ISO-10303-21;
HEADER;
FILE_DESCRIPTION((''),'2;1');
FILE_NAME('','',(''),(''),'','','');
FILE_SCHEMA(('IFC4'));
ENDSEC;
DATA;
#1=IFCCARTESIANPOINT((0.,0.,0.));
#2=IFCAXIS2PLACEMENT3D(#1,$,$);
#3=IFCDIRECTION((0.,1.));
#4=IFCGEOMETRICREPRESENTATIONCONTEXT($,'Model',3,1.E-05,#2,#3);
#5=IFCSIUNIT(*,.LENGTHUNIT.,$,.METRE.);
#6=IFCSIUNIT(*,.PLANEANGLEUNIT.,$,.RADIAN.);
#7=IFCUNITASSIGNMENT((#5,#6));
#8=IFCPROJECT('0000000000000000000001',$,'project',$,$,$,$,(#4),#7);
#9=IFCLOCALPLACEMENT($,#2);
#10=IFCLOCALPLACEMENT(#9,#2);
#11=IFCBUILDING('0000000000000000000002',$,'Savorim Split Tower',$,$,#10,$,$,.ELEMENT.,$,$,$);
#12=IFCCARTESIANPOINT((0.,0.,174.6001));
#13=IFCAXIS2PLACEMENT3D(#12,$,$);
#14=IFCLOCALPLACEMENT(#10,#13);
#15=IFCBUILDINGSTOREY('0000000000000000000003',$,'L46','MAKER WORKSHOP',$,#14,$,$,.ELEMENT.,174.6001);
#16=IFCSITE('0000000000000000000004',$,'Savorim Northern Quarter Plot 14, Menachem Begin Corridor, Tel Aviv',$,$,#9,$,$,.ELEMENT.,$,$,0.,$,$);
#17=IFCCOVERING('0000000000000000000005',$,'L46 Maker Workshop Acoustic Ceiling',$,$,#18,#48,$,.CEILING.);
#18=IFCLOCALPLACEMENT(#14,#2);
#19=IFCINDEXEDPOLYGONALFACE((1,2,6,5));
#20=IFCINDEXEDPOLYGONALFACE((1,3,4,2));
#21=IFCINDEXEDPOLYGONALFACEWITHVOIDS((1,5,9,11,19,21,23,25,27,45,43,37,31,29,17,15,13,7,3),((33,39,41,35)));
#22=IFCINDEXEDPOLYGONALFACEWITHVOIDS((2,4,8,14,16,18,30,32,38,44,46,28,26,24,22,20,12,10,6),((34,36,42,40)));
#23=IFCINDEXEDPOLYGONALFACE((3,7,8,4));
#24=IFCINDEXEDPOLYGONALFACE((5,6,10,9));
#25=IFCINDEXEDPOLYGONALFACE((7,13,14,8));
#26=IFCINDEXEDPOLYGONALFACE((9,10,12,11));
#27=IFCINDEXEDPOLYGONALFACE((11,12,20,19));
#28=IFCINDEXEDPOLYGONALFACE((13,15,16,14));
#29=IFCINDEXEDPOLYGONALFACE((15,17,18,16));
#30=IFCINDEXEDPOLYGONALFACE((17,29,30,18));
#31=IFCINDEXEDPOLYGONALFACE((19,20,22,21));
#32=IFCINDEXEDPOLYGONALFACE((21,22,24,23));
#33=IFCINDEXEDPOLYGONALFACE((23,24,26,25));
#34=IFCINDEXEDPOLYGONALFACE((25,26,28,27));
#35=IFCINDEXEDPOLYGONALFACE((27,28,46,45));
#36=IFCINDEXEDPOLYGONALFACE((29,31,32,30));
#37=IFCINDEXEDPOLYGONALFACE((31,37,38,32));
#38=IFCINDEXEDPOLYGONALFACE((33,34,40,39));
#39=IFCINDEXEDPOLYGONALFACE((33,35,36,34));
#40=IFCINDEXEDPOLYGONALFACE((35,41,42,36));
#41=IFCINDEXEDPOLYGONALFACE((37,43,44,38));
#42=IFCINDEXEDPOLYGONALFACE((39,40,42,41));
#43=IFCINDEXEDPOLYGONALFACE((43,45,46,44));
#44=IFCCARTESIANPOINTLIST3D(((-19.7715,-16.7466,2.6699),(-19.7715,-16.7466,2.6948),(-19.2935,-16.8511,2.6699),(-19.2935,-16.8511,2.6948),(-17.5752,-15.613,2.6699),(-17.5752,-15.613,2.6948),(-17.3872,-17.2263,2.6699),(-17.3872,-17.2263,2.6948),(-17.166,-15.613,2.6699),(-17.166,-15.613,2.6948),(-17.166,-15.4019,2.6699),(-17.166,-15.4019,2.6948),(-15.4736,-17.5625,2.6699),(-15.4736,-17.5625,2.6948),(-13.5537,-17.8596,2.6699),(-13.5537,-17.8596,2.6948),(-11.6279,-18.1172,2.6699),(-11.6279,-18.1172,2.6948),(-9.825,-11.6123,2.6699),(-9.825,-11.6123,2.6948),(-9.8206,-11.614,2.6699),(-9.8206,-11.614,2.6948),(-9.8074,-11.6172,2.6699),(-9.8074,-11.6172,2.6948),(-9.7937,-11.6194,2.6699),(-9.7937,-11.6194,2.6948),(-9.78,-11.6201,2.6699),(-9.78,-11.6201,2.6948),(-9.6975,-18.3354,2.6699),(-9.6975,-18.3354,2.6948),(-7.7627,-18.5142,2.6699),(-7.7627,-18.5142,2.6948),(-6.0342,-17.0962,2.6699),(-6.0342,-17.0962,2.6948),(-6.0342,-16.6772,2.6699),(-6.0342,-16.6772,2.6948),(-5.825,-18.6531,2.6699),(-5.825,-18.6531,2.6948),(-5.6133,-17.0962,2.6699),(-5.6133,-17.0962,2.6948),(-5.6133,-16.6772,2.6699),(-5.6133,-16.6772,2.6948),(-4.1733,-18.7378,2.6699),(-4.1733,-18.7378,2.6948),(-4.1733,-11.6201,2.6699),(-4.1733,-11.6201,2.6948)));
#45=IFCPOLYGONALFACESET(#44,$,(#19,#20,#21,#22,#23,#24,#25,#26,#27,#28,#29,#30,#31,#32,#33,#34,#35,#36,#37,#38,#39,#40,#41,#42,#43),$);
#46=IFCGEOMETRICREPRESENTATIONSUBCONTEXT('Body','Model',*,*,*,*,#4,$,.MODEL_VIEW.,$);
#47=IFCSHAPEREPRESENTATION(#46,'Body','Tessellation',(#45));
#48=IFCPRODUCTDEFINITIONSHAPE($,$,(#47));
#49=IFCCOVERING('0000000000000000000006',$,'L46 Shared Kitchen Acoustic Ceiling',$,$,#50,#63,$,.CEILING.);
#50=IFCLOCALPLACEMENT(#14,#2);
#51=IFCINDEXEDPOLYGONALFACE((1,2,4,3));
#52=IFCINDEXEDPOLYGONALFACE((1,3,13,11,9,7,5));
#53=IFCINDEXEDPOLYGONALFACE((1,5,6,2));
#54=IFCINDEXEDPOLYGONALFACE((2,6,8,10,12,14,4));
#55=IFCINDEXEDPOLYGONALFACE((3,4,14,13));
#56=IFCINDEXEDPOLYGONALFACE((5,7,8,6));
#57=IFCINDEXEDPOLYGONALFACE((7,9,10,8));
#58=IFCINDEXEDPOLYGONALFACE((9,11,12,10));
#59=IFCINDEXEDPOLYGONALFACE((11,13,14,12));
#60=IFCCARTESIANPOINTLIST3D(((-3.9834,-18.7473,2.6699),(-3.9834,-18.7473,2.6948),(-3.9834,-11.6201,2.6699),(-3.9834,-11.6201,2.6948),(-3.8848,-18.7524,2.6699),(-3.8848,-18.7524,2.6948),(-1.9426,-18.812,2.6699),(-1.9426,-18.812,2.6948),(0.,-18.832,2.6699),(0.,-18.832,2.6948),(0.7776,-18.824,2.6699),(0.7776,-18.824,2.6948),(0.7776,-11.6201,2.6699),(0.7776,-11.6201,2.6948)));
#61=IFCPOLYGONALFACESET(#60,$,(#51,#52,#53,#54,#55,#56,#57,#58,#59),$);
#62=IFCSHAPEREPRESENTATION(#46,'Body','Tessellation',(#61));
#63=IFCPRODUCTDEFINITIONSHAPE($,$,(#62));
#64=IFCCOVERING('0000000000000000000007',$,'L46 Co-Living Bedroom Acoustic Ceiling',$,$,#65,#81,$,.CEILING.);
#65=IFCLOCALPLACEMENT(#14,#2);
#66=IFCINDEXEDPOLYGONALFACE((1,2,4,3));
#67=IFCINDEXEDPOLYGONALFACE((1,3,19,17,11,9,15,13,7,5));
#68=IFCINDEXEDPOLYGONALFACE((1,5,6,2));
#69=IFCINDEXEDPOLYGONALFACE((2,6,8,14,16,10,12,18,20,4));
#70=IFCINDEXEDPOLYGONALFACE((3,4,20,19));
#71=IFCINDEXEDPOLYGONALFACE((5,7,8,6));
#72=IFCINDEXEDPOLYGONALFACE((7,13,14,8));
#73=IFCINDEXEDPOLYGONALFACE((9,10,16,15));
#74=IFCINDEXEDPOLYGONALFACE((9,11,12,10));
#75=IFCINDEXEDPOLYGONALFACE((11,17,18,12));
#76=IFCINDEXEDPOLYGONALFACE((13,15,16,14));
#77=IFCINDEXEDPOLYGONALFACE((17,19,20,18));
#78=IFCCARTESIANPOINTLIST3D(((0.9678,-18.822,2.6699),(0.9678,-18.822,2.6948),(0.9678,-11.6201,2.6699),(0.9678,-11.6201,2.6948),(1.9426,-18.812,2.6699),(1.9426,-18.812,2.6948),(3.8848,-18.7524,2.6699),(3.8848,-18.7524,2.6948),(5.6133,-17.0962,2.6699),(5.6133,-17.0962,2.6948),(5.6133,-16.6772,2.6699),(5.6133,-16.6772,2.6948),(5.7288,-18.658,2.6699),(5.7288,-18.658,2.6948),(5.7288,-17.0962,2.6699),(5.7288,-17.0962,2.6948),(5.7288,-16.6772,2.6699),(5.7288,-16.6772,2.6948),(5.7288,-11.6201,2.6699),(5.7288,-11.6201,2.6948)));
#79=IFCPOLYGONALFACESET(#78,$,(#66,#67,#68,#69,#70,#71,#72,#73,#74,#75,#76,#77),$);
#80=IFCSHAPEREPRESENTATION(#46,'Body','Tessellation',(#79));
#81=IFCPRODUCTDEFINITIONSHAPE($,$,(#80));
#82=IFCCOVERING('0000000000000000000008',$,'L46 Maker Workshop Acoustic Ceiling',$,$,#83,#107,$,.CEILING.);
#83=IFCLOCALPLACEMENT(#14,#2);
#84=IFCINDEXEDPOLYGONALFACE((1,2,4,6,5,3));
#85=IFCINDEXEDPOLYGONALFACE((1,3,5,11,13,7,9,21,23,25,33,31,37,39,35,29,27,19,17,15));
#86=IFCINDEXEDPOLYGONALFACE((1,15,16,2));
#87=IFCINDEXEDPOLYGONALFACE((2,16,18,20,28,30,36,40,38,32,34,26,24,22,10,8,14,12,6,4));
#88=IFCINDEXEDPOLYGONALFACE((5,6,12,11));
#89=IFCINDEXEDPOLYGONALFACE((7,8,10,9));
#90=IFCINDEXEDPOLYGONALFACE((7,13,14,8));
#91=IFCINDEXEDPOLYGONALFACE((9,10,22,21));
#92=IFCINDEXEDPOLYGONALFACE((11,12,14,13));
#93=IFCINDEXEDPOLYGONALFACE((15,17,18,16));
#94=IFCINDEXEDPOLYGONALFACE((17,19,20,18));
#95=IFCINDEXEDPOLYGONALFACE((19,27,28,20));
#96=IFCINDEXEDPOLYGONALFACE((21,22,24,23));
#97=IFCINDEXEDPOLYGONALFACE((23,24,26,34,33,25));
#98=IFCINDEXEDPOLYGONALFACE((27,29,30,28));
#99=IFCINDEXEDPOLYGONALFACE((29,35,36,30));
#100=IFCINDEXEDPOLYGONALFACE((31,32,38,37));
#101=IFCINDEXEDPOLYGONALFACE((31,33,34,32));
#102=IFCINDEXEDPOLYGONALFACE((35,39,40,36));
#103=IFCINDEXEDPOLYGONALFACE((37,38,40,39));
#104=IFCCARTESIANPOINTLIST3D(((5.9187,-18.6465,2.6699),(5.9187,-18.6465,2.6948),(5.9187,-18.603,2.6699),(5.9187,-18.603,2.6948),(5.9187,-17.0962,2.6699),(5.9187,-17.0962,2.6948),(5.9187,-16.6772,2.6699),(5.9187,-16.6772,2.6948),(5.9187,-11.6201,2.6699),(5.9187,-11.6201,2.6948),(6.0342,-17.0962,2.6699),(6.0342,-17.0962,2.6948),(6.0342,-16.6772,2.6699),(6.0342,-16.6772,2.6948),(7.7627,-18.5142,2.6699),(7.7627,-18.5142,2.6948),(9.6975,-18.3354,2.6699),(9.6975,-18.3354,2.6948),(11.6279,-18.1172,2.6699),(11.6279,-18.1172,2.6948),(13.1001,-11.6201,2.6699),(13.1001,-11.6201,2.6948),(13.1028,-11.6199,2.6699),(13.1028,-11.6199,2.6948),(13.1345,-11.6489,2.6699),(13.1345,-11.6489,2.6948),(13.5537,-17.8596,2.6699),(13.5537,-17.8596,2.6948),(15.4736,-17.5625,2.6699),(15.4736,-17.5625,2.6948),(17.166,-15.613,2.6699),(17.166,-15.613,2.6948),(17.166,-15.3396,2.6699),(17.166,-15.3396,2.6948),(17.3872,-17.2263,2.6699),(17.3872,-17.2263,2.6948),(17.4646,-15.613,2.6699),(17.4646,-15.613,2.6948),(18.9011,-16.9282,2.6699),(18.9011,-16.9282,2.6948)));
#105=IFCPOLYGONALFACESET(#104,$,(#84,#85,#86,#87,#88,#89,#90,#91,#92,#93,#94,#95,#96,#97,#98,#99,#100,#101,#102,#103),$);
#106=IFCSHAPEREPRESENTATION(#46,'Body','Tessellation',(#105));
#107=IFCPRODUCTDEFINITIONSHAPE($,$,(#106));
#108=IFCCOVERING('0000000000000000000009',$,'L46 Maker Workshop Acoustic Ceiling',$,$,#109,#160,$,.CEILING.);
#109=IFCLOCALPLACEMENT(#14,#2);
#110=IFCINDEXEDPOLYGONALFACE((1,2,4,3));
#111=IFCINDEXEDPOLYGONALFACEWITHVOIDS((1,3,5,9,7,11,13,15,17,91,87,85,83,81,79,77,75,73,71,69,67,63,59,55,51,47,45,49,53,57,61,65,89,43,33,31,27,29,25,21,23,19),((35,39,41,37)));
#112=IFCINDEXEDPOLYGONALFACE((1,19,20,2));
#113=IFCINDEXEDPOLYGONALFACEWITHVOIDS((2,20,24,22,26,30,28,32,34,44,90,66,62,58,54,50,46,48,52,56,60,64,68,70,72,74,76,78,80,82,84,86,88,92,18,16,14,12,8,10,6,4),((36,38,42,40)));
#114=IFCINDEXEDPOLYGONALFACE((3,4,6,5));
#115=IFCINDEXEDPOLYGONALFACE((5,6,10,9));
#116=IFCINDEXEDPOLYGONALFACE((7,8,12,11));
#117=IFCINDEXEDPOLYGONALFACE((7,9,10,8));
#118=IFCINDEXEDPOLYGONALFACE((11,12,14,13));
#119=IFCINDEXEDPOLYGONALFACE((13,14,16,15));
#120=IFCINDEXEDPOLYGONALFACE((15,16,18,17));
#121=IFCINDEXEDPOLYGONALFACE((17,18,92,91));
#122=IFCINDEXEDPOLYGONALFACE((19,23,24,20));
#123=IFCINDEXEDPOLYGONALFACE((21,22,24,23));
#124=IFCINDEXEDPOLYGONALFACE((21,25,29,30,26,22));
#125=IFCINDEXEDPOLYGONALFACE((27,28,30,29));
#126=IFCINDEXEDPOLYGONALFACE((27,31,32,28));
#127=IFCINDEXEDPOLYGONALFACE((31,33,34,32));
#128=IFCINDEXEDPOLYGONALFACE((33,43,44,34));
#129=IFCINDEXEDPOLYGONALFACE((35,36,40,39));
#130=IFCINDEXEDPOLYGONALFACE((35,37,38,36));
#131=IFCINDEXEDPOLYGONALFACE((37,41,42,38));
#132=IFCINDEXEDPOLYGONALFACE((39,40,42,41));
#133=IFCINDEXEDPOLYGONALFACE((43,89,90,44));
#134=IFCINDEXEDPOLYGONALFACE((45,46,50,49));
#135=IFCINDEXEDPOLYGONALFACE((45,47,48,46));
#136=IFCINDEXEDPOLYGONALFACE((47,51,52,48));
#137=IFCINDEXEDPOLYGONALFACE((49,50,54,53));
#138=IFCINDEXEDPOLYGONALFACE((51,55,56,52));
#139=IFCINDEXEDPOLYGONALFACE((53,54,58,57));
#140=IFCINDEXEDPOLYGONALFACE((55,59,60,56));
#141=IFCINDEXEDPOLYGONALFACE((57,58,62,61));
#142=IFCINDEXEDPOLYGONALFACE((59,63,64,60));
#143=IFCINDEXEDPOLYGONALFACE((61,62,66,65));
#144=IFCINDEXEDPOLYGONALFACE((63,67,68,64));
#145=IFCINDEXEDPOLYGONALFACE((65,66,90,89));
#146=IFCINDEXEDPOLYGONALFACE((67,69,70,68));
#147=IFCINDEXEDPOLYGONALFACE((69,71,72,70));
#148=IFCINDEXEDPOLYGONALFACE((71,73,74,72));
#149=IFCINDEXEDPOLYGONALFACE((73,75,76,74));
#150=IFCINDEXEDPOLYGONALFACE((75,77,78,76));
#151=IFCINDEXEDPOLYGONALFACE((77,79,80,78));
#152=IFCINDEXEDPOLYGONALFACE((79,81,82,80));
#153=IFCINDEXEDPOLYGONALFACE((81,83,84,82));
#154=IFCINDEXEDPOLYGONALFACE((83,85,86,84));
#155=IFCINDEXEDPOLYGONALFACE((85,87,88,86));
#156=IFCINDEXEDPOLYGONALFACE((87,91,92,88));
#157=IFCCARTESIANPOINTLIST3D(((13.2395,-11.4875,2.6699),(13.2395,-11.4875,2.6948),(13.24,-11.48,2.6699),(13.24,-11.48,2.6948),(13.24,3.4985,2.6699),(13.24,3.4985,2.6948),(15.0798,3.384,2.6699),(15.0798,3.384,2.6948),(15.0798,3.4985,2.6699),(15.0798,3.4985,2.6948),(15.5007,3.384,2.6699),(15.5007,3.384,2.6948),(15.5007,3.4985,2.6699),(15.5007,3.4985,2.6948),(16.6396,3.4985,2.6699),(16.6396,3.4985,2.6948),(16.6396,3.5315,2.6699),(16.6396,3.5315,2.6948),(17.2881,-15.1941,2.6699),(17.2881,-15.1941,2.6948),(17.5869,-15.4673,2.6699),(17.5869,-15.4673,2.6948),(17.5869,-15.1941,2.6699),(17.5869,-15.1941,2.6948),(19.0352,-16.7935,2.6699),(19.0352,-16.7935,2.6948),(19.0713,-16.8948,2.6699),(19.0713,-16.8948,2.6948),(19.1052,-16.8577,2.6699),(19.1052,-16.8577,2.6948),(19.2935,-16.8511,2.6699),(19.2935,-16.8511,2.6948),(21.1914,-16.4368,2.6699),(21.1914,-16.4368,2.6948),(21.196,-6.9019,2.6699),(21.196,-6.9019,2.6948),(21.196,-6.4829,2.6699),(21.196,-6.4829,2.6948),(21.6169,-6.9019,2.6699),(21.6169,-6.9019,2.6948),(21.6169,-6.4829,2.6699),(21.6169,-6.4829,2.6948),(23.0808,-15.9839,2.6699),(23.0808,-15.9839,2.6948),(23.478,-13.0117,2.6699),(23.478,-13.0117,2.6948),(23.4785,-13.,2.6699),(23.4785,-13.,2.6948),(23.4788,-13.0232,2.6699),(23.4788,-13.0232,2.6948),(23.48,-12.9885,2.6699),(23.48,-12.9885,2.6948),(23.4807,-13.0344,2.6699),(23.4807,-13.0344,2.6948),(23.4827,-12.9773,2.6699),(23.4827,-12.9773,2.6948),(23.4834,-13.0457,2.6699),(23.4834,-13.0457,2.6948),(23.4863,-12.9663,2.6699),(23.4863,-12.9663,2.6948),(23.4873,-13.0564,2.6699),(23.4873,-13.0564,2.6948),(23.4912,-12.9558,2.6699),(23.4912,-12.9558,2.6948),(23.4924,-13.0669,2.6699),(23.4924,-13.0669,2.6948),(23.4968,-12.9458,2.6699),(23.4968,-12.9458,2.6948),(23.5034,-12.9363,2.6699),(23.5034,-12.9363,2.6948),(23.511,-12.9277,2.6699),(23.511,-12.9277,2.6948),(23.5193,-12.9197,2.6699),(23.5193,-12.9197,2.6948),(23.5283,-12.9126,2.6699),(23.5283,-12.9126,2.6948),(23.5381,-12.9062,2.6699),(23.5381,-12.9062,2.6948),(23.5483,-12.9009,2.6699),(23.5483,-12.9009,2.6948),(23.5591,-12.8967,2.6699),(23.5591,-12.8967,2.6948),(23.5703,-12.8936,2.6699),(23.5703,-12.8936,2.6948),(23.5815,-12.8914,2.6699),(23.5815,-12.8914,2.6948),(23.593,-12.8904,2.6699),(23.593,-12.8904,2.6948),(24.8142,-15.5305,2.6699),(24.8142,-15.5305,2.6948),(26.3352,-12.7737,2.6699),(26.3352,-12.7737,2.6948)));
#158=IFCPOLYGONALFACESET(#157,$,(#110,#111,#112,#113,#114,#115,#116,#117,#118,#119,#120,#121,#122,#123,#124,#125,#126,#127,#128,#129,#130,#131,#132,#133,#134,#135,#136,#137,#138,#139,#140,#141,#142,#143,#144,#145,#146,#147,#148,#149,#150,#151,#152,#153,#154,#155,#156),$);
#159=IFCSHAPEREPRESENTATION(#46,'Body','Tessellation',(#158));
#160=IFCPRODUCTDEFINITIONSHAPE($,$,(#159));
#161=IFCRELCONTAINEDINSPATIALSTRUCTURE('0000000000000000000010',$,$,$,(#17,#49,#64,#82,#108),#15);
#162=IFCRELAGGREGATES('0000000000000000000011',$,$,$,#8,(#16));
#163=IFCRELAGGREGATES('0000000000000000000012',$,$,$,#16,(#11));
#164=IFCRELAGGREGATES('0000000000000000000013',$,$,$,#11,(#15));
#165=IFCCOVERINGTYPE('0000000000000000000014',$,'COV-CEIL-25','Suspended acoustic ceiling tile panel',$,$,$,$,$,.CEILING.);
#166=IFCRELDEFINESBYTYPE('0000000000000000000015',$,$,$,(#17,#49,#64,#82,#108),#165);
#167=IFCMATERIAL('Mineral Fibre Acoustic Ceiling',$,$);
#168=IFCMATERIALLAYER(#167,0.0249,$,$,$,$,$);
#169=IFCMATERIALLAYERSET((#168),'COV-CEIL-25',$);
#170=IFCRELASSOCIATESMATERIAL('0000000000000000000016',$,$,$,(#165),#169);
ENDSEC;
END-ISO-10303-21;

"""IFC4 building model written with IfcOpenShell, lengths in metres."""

from ifc_helpers import new_model, si_unit, direction, frame, origin, place, context, subcontext, project, spatial, polyline, outline, extrude, material, layer, layer_set, type_object, element, save


model = new_model("IFC4")

# Units and contexts
model_context = context("Model", 3, precision=1e-05, world=origin(), true_north=direction((0.0, 1.0)))
body_context = subcontext(model_context, "Body", "Model", "MODEL_VIEW")
ifc_project = project(units=[si_unit("LENGTHUNIT", "METRE"), si_unit("PLANEANGLEUNIT", "RADIAN")], contexts=[model_context])

# Site, building, storey
site_placement = place(None, origin())
site = spatial("IfcSite", under=ifc_project, at=site_placement, Name="Savorim Northern Quarter Plot 14, Menachem Begin Corridor, Tel Aviv", CompositionType="ELEMENT", RefElevation=0.0)
building_placement = place(site_placement, origin())
building = spatial("IfcBuilding", under=site, at=building_placement, Name="Savorim Split Tower", CompositionType="ELEMENT")
storey_placement = place(building_placement, frame((0.0, 0.0, 174.6001)))
storey = spatial("IfcBuildingStorey", under=building, at=storey_placement, Name="L46", Description="MAKER WORKSHOP", CompositionType="ELEMENT", Elevation=174.6001)

# Coverings
ifc_material_1 = material(Name="Mineral Fibre Acoustic Ceiling")
ifc_layer_1 = layer(ifc_material_1, 0.0249)
ifc_layer_set_1 = layer_set([ifc_layer_1], Name="COV-CEIL-25")
covering_type_1 = type_object("IfcCoveringType", Name="COV-CEIL-25", Description="Suspended acoustic ceiling tile panel", PredefinedType="CEILING", material=ifc_layer_set_1)
covering_1_placement = place(storey_placement, frame((0.0, 0.0, 2.6699)))
element("IfcCovering", 1, at=covering_1_placement, inside=storey, type_object=covering_type_1, Name="L46 Maker Workshop Acoustic Ceiling", PredefinedType="CEILING", context=body_context, shape_type="SweptSolid", body=[
    extrude(outline(polyline([(-9.6975, -18.3354), (-7.7627, -18.5142), (-5.825, -18.6531), (-4.1733, -18.7378), (-4.1733, -11.6201), (-9.78, -11.6201), (-9.7937, -11.6194), (-9.8074, -11.6172), (-9.8206, -11.614), (-9.825, -11.6123), (-17.166, -15.4019), (-17.166, -15.613), (-17.5752, -15.613), (-19.7715, -16.7466), (-19.2935, -16.8511), (-17.3872, -17.2263), (-15.4736, -17.5625), (-13.5537, -17.8596), (-11.6279, -18.1172), (-9.6975, -18.3354)]), holes=[polyline([(-6.0342, -17.0962), (-5.6133, -17.0962), (-5.6133, -16.6772), (-6.0342, -16.6772), (-6.0342, -17.0962)])]), origin(), (0.0, 0.0, 1.0), 0.0249),
])
covering_2_placement = place(storey_placement, frame((0.0, 0.0, 2.6699)))
element("IfcCovering", 2, at=covering_2_placement, inside=storey, type_object=covering_type_1, Name="L46 Shared Kitchen Acoustic Ceiling", PredefinedType="CEILING", context=body_context, shape_type="SweptSolid", body=[
    extrude(outline(polyline([(-3.8848, -18.7524), (-1.9426, -18.812), (0.0, -18.832), (0.7776, -18.824), (0.7776, -11.6201), (-3.9834, -11.6201), (-3.9834, -18.7473), (-3.8848, -18.7524)])), origin(), (0.0, 0.0, 1.0), 0.0249),
])
covering_3_placement = place(storey_placement, frame((0.0, 0.0, 2.6699)))
element("IfcCovering", 3, at=covering_3_placement, inside=storey, type_object=covering_type_1, Name="L46 Co-Living Bedroom Acoustic Ceiling", PredefinedType="CEILING", context=body_context, shape_type="SweptSolid", body=[
    extrude(outline(polyline([(0.9678, -11.6201), (0.9678, -18.822), (1.9426, -18.812), (3.8848, -18.7524), (5.7288, -18.658), (5.7288, -17.0962), (5.6133, -17.0962), (5.6133, -16.6772), (5.7288, -16.6772), (5.7288, -11.6201), (0.9678, -11.6201)])), origin(), (0.0, 0.0, 1.0), 0.0249),
])
covering_4_placement = place(storey_placement, frame((0.0, 0.0, 2.6699)))
element("IfcCovering", 4, at=covering_4_placement, inside=storey, type_object=covering_type_1, Name="L46 Maker Workshop Acoustic Ceiling", PredefinedType="CEILING", context=body_context, shape_type="SweptSolid", body=[
    extrude(outline(polyline([(11.6279, -18.1172), (13.5537, -17.8596), (15.4736, -17.5625), (17.3872, -17.2263), (18.9011, -16.9282), (17.4646, -15.613), (17.166, -15.613), (17.166, -15.3396), (13.1345, -11.6489), (13.1028, -11.6199), (13.1001, -11.6201), (5.9187, -11.6201), (5.9187, -16.6772), (6.0342, -16.6772), (6.0342, -17.0962), (5.9187, -17.0962), (5.9187, -18.603), (5.9187, -18.6465), (7.7627, -18.5142), (9.6975, -18.3354), (11.6279, -18.1172)])), origin(), (0.0, 0.0, 1.0), 0.0249),
])
covering_5_placement = place(storey_placement, frame((0.0, 0.0, 2.6699)))
element("IfcCovering", 5, at=covering_5_placement, inside=storey, type_object=covering_type_1, Name="L46 Maker Workshop Acoustic Ceiling", PredefinedType="CEILING", context=body_context, shape_type="SweptSolid", body=[
    extrude(outline(polyline([(23.5703, -12.8936), (23.5815, -12.8914), (23.593, -12.8904), (26.3352, -12.7737), (16.6396, 3.5315), (16.6396, 3.4985), (15.5007, 3.4985), (15.5007, 3.384), (15.0798, 3.384), (15.0798, 3.4985), (13.24, 3.4985), (13.24, -11.48), (13.2395, -11.4875), (17.2881, -15.1941), (17.5869, -15.1941), (17.5869, -15.4673), (19.0352, -16.7935), (19.1052, -16.8577), (19.0713, -16.8948), (19.2935, -16.8511), (21.1914, -16.4368), (23.0808, -15.9839), (24.8142, -15.5305), (23.4924, -13.0669), (23.4873, -13.0564), (23.4834, -13.0457), (23.4807, -13.0344), (23.4788, -13.0232), (23.478, -13.0117), (23.4785, -13.0), (23.48, -12.9885), (23.4827, -12.9773), (23.4863, -12.9663), (23.4912, -12.9558), (23.4968, -12.9458), (23.5034, -12.9363), (23.511, -12.9277), (23.5193, -12.9197), (23.5283, -12.9126), (23.5381, -12.9062), (23.5483, -12.9009), (23.5591, -12.8967), (23.5703, -12.8936)]), holes=[polyline([(21.6169, -6.9019), (21.6169, -6.4829), (21.196, -6.4829), (21.196, -6.9019), (21.6169, -6.9019)])]), origin(), (0.0, 0.0, 1.0), 0.0249),
])

save(model, "model.ifc")
